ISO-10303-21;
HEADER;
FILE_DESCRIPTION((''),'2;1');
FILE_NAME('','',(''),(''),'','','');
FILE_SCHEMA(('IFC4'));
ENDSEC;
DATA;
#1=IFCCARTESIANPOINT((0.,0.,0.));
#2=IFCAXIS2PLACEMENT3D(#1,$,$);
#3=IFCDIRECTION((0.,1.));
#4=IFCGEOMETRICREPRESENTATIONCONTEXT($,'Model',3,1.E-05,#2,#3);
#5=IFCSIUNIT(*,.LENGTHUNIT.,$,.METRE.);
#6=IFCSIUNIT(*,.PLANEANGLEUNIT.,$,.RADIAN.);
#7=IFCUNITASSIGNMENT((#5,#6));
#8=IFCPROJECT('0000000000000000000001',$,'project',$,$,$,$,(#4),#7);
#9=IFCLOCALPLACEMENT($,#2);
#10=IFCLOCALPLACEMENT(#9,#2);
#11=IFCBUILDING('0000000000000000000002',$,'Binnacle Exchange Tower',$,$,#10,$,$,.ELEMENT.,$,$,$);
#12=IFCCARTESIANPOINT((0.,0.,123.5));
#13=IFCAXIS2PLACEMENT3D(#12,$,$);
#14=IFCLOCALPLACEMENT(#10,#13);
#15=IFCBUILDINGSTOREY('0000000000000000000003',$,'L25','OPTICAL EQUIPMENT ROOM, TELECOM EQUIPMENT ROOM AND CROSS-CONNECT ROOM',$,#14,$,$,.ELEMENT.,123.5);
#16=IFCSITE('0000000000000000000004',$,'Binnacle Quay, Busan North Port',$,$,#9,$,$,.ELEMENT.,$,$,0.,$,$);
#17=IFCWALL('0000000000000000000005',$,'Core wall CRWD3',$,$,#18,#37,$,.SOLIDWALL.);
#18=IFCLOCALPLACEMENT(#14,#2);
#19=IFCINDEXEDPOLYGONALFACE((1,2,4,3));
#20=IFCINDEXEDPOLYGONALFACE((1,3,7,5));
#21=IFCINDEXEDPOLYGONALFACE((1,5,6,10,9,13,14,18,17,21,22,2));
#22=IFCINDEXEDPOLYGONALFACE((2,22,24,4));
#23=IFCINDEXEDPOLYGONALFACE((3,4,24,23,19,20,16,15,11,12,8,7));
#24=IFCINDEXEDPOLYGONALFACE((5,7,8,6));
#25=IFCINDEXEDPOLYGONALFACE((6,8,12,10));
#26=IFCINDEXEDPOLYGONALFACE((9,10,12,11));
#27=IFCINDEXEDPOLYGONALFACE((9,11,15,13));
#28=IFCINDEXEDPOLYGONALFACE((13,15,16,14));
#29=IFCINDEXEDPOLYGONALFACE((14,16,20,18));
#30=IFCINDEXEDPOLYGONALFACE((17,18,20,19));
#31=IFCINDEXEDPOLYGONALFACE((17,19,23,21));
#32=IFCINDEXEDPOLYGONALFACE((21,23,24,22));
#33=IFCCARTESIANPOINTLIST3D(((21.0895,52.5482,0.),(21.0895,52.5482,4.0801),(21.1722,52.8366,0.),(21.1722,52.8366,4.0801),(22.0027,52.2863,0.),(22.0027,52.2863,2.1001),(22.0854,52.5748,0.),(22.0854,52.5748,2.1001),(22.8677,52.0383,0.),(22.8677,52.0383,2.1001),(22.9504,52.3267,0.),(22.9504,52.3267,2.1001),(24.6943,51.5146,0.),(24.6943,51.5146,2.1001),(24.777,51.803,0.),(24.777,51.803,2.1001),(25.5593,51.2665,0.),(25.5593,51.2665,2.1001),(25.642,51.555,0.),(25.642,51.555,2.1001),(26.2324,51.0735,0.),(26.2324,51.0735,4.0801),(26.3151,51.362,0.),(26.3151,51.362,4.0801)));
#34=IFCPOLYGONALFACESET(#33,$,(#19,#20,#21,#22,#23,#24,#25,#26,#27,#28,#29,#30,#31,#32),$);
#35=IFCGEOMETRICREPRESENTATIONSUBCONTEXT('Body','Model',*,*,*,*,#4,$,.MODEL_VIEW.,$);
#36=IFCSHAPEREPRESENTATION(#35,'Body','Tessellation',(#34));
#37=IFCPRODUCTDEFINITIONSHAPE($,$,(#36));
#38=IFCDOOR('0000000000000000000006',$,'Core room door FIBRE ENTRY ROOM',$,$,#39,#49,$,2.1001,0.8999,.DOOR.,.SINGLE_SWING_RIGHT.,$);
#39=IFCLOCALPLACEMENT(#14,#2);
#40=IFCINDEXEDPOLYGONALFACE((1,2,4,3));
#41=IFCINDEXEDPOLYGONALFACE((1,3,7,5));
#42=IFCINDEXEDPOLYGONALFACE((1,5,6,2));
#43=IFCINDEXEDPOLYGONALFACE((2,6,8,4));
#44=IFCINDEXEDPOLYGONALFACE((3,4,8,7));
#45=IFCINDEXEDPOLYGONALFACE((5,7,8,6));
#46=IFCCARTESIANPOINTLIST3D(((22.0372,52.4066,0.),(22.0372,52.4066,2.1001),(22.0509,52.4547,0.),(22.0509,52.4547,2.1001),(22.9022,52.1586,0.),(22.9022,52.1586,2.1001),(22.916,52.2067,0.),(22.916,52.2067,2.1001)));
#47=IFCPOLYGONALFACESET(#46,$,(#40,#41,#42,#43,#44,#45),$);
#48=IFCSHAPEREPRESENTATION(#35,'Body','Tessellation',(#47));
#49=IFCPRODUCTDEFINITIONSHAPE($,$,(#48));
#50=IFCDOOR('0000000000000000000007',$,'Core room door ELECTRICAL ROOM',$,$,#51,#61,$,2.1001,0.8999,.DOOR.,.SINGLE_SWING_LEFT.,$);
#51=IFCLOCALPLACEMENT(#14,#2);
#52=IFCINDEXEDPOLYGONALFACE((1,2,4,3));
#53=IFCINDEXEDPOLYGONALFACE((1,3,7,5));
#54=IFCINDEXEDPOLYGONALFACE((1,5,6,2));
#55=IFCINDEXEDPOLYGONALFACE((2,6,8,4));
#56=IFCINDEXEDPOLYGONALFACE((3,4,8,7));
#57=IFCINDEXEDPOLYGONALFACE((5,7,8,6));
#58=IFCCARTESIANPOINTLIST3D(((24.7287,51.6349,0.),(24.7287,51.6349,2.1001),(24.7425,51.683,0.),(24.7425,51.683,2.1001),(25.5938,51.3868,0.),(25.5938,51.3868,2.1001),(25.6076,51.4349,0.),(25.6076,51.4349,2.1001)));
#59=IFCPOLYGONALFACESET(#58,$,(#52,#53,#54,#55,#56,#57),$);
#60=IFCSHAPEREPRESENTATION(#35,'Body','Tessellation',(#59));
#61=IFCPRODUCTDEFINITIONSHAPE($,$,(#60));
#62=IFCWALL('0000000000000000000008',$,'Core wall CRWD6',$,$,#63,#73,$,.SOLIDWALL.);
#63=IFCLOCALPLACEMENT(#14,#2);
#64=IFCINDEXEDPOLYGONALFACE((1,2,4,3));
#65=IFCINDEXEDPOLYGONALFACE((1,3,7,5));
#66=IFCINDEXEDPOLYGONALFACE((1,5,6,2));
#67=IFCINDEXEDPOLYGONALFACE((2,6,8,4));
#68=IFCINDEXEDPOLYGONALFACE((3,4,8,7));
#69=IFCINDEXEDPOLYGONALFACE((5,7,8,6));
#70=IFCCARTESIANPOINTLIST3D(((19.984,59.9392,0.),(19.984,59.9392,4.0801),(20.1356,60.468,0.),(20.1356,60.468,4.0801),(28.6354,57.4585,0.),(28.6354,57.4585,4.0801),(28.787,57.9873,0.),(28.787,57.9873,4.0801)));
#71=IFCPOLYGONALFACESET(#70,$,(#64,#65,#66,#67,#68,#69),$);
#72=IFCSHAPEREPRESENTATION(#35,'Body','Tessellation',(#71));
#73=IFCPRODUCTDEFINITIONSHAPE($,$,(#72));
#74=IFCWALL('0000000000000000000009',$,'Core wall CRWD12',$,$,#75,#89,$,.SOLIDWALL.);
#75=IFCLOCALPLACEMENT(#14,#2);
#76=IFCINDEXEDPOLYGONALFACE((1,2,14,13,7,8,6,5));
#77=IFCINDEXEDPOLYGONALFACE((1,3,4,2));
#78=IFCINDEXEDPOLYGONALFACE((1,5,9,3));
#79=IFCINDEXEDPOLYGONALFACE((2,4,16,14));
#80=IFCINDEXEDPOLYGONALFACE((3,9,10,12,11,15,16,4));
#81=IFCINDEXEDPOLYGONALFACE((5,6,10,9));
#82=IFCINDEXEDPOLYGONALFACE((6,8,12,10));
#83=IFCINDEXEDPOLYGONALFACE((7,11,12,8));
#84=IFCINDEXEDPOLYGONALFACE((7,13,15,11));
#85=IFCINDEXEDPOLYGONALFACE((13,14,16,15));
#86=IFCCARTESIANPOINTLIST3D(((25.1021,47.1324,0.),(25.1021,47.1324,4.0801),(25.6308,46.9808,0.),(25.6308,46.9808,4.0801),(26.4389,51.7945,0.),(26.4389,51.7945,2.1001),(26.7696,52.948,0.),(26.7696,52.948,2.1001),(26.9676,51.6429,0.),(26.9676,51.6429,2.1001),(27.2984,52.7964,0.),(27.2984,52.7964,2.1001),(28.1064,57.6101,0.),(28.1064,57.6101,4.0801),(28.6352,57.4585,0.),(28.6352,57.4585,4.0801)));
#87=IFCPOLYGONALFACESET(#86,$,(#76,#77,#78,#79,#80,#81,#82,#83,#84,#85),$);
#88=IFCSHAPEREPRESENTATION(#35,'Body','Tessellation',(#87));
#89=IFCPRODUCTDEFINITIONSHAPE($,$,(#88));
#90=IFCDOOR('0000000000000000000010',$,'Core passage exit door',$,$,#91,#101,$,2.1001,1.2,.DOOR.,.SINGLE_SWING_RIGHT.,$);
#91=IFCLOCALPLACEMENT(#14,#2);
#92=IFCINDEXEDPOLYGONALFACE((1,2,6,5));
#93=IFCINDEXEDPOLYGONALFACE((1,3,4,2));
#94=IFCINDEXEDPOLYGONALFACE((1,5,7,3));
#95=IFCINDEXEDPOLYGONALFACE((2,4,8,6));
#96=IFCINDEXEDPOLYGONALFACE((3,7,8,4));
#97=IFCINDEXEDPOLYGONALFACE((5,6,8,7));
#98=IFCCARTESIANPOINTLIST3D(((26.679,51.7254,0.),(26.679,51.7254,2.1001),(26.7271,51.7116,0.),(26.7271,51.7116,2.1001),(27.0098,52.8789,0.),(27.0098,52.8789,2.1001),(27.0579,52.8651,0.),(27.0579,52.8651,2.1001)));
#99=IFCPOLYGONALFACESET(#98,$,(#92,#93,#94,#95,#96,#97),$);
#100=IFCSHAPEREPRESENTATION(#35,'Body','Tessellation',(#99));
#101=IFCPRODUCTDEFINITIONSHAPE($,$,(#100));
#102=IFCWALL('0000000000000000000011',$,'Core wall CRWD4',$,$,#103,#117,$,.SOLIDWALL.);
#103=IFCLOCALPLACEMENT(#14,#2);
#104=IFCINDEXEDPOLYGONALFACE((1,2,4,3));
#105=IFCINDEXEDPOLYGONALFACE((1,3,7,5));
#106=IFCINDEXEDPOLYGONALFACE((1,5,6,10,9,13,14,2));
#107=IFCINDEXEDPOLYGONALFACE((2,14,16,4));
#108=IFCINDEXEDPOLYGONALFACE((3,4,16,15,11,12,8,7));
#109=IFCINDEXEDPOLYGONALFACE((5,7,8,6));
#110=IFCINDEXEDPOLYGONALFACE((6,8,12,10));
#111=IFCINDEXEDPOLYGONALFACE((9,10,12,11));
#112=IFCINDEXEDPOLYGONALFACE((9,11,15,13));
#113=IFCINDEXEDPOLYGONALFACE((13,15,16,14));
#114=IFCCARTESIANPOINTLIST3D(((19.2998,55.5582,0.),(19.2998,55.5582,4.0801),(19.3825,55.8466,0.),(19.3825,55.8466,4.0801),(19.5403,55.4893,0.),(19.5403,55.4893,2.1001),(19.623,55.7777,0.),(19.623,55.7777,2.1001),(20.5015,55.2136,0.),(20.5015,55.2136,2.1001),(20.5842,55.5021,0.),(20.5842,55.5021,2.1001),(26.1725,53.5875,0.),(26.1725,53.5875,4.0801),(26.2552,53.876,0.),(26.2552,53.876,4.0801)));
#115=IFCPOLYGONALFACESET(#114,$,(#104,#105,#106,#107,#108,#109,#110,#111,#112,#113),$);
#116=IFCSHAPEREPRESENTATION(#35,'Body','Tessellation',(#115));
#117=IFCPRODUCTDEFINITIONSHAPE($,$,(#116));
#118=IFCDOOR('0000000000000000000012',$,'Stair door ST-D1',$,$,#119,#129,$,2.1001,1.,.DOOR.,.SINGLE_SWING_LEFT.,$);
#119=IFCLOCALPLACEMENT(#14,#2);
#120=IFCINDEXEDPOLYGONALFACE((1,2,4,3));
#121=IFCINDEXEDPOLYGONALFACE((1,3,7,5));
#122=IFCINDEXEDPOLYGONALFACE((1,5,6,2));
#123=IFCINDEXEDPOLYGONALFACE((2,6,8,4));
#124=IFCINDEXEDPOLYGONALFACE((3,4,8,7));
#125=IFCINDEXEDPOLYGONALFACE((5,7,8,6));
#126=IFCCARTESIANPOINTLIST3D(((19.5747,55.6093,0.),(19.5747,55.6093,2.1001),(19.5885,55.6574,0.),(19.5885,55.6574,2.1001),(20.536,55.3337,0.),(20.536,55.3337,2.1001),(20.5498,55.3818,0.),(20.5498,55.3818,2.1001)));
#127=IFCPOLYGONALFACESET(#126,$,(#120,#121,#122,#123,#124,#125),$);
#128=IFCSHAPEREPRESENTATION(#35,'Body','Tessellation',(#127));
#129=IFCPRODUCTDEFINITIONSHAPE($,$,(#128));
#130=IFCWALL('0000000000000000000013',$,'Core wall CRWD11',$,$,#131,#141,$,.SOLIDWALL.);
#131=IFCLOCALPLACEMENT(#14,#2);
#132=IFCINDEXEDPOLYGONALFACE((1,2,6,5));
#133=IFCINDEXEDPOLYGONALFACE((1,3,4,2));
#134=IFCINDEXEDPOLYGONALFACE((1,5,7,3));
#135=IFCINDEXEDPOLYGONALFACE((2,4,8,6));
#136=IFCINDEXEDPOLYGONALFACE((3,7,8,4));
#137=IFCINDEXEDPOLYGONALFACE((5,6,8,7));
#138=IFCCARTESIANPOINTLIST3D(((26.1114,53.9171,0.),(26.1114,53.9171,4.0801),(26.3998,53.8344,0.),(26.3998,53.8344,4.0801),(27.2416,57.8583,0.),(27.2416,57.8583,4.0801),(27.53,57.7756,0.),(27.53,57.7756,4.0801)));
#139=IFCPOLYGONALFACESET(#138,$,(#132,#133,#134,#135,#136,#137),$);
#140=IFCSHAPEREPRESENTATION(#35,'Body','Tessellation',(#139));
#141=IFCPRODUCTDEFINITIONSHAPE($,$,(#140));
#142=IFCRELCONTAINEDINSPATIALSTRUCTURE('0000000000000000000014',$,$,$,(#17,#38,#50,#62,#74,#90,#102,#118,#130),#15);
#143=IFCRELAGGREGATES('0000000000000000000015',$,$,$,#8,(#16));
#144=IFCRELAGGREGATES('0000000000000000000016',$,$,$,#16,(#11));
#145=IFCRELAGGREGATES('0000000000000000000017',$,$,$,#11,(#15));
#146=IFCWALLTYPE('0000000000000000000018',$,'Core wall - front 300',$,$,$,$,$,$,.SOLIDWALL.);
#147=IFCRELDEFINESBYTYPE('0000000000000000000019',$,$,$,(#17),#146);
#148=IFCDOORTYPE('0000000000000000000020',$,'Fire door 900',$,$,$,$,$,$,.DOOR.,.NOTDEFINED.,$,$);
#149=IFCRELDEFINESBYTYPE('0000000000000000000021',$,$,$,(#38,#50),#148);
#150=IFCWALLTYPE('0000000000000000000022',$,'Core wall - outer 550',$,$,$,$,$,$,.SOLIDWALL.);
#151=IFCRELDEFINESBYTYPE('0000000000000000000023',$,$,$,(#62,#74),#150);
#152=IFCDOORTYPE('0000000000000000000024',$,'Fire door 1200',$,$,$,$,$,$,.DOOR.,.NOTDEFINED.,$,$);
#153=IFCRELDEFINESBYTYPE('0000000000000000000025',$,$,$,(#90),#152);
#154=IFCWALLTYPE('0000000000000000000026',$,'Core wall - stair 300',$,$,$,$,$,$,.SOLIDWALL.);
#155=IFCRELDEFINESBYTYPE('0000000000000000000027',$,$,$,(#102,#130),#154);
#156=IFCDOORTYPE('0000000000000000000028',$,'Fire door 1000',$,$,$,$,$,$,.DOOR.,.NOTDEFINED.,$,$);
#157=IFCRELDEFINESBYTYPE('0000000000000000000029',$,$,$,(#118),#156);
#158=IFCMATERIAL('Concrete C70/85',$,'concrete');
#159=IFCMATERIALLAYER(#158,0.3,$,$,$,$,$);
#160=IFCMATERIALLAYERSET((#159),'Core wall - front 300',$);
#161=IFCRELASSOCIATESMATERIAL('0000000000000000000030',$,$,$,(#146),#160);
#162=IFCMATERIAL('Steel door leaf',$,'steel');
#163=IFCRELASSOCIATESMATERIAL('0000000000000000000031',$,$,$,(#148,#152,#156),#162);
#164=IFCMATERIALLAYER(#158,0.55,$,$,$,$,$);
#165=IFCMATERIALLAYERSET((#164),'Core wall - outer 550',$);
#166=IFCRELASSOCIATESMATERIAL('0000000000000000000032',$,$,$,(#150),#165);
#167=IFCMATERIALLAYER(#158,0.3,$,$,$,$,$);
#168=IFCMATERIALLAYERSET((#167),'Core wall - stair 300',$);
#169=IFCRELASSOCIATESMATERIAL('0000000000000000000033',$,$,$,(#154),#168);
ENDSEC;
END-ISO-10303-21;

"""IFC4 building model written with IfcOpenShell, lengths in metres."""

from ifc_helpers import new_model, si_unit, direction, frame, frame_2d, origin, place, context, subcontext, project, spatial, rectangle, extrude, material, layer, layer_set, type_object, element, fill, save


model = new_model("IFC4")

# Units and contexts
model_context = context("Model", 3, precision=1e-05, world=origin(), true_north=direction((0.0, 1.0)))
body_context = subcontext(model_context, "Body", "Model", "MODEL_VIEW")
ifc_project = project(units=[si_unit("LENGTHUNIT", "METRE"), si_unit("PLANEANGLEUNIT", "RADIAN")], contexts=[model_context])

# Site, building, storey
site_placement = place(None, origin())
site = spatial("IfcSite", under=ifc_project, at=site_placement, Name="Binnacle Quay, Busan North Port", CompositionType="ELEMENT", RefElevation=0.0)
building_placement = place(site_placement, origin())
building = spatial("IfcBuilding", under=site, at=building_placement, Name="Binnacle Exchange Tower", CompositionType="ELEMENT")
storey_placement = place(building_placement, frame((0.0, 0.0, 123.5)))
storey = spatial("IfcBuildingStorey", under=building, at=storey_placement, Name="L25", Description="OPTICAL EQUIPMENT ROOM, TELECOM EQUIPMENT ROOM AND CROSS-CONNECT ROOM", CompositionType="ELEMENT", Elevation=123.5)

# Shared definitions
ifc_material_1 = material(Name="Concrete C70/85", Category="concrete")

# Wall, openings, doors
ifc_layer_1 = layer(ifc_material_1, 0.3)
ifc_layer_set_1 = layer_set([ifc_layer_1], Name="Core wall - front 300")
wall_type_1 = type_object("IfcWallType", Name="Core wall - front 300", PredefinedType="SOLIDWALL", material=ifc_layer_set_1)
wall_1_placement = place(storey_placement, frame((21.1309, 52.6924, 0.0), z_axis=(0.0, 0.0, 1.0), x_axis=(0.961265, -0.275625, 0.0)))
wall_1 = element("IfcWall", 1, at=wall_1_placement, inside=storey, type_object=wall_type_1, Name="Core wall CRWD3", PredefinedType="SOLIDWALL", context=body_context, shape_type="SweptSolid", body=[
    extrude(rectangle(XDim=5.3501, YDim=0.3, at=frame_2d((2.675, 0.0))), origin(), (0.0, 0.0, 1.0), 4.0801),
])
opening_1_placement = place(wall_1_placement, frame((0.95, 0.0, 0.0)))
opening_1 = element("IfcOpeningElement", 2, at=opening_1_placement, cuts=wall_1, PredefinedType="OPENING", context=body_context, shape_type="SweptSolid", body=[
    extrude(rectangle(XDim=0.8999, YDim=2.1001, at=frame_2d((0.45, 1.05))), frame((0.0, 0.1599, 0.0), z_axis=(0.0, -1.0, 0.0), x_axis=(1.0, 0.0, 0.0)), (0.0, 0.0, 1.0), 0.3201),
])
opening_2_placement = place(wall_1_placement, frame((3.75, 0.0, 0.0)))
opening_2 = element("IfcOpeningElement", 3, at=opening_2_placement, cuts=wall_1, PredefinedType="OPENING", context=body_context, shape_type="SweptSolid", body=[
    extrude(rectangle(XDim=0.8999, YDim=2.1001, at=frame_2d((0.45, 1.05))), frame((0.0, 0.1599, 0.0), z_axis=(0.0, -1.0, 0.0), x_axis=(1.0, 0.0, 0.0)), (0.0, 0.0, 1.0), 0.3201),
])
ifc_material_2 = material(Name="Steel door leaf", Category="steel")
door_type_1 = type_object("IfcDoorType", Name="Fire door 900", OperationType="NOTDEFINED", PredefinedType="DOOR", material=ifc_material_2)
door_1_placement = place(opening_1_placement, frame((0.8999, 0.0, 0.0), z_axis=(0.0, 0.0, 1.0), x_axis=(-1.0, 0.0, 0.0)))
door_1 = element("IfcDoor", 4, at=door_1_placement, inside=storey, type_object=door_type_1, Name="Core room door FIBRE ENTRY ROOM", OperationType="SINGLE_SWING_RIGHT", OverallHeight=2.1001, OverallWidth=0.8999, PredefinedType="DOOR", context=body_context, shape_type="SweptSolid", body=[
    extrude(rectangle(XDim=0.8999, YDim=2.1001, at=frame_2d((0.45, 1.05))), frame((0.0, 0.0249, 0.0), z_axis=(0.0, -1.0, 0.0), x_axis=(1.0, 0.0, 0.0)), (0.0, 0.0, 1.0), 0.05),
])
fill(opening_1, door_1)
door_2_placement = place(opening_2_placement, frame((0.8999, 0.0, 0.0), z_axis=(0.0, 0.0, 1.0), x_axis=(-1.0, 0.0, 0.0)))
door_2 = element("IfcDoor", 5, at=door_2_placement, inside=storey, type_object=door_type_1, Name="Core room door ELECTRICAL ROOM", OperationType="SINGLE_SWING_LEFT", OverallHeight=2.1001, OverallWidth=0.8999, PredefinedType="DOOR", context=body_context, shape_type="SweptSolid", body=[
    extrude(rectangle(XDim=0.8999, YDim=2.1001, at=frame_2d((0.45, 1.05))), frame((0.0, 0.0249, 0.0), z_axis=(0.0, -1.0, 0.0), x_axis=(1.0, 0.0, 0.0)), (0.0, 0.0, 1.0), 0.05),
])
fill(opening_2, door_2)

# Wall
ifc_layer_2 = layer(ifc_material_1, 0.55)
ifc_layer_set_2 = layer_set([ifc_layer_2], Name="Core wall - outer 550")
wall_type_2 = type_object("IfcWallType", Name="Core wall - outer 550", PredefinedType="SOLIDWALL", material=ifc_layer_set_2)
wall_2_placement = place(storey_placement, frame((20.0598, 60.2036, 0.0), z_axis=(0.0, 0.0, 1.0), x_axis=(0.961262, -0.275635, 0.0)))
element("IfcWall", 6, at=wall_2_placement, inside=storey, type_object=wall_type_2, Name="Core wall CRWD6", PredefinedType="SOLIDWALL", context=body_context, shape_type="SweptSolid", body=[
    extrude(rectangle(XDim=9.0, YDim=0.55, at=frame_2d((4.5, 0.0))), origin(), (0.0, 0.0, 1.0), 4.0801),
])

# Walls, openings, doors
wall_3_placement = place(storey_placement, frame((25.3665, 47.0566, 0.0), z_axis=(0.0, 0.0, 1.0), x_axis=(0.275632, 0.961263, 0.0)))
wall_3 = element("IfcWall", 7, at=wall_3_placement, inside=storey, type_object=wall_type_2, Name="Core wall CRWD12", PredefinedType="SOLIDWALL", context=body_context, shape_type="SweptSolid", body=[
    extrude(rectangle(XDim=10.8999, YDim=0.55, at=frame_2d((5.45, 0.0))), origin(), (0.0, 0.0, 1.0), 4.0801),
])
opening_3_placement = place(wall_3_placement, frame((4.8499, 0.0, 0.0)))
opening_3 = element("IfcOpeningElement", 8, at=opening_3_placement, cuts=wall_3, PredefinedType="OPENING", context=body_context, shape_type="SweptSolid", body=[
    extrude(rectangle(XDim=1.2, YDim=2.1001, at=frame_2d((0.6001, 1.05))), frame((0.0, 0.2849, 0.0), z_axis=(0.0, -1.0, 0.0), x_axis=(1.0, 0.0, 0.0)), (0.0, 0.0, 1.0), 0.5701),
])
door_type_2 = type_object("IfcDoorType", Name="Fire door 1200", OperationType="NOTDEFINED", PredefinedType="DOOR", material=ifc_material_2)
door_3_placement = place(opening_3_placement, frame((1.2, 0.0, 0.0), z_axis=(0.0, 0.0, 1.0), x_axis=(-1.0, 0.0, 0.0)))
door_3 = element("IfcDoor", 9, at=door_3_placement, inside=storey, type_object=door_type_2, Name="Core passage exit door", OperationType="SINGLE_SWING_RIGHT", OverallHeight=2.1001, OverallWidth=1.2, PredefinedType="DOOR", context=body_context, shape_type="SweptSolid", body=[
    extrude(rectangle(XDim=1.2, YDim=2.1001, at=frame_2d((0.6001, 1.05))), frame((0.0, 0.0249, 0.0), z_axis=(0.0, -1.0, 0.0), x_axis=(1.0, 0.0, 0.0)), (0.0, 0.0, 1.0), 0.05),
])
fill(opening_3, door_3)
ifc_layer_3 = layer(ifc_material_1, 0.3)
ifc_layer_set_3 = layer_set([ifc_layer_3], Name="Core wall - stair 300")
wall_type_3 = type_object("IfcWallType", Name="Core wall - stair 300", PredefinedType="SOLIDWALL", material=ifc_layer_set_3)
wall_4_placement = place(storey_placement, frame((19.3413, 55.7024, 0.0), z_axis=(0.0, 0.0, 1.0), x_axis=(0.961263, -0.275632, 0.0)))
wall_4 = element("IfcWall", 10, at=wall_4_placement, inside=storey, type_object=wall_type_3, Name="Core wall CRWD4", PredefinedType="SOLIDWALL", context=body_context, shape_type="SweptSolid", body=[
    extrude(rectangle(XDim=7.1497, YDim=0.3, at=frame_2d((3.5747, 0.0))), origin(), (0.0, 0.0, 1.0), 4.0801),
])
opening_4_placement = place(wall_4_placement, frame((0.25, 0.0, 0.0)))
opening_4 = element("IfcOpeningElement", 11, at=opening_4_placement, cuts=wall_4, PredefinedType="OPENING", context=body_context, shape_type="SweptSolid", body=[
    extrude(rectangle(XDim=1.0, YDim=2.1001, at=frame_2d((0.5, 1.05))), frame((0.0, 0.1599, 0.0), z_axis=(0.0, -1.0, 0.0), x_axis=(1.0, 0.0, 0.0)), (0.0, 0.0, 1.0), 0.3201),
])
door_type_3 = type_object("IfcDoorType", Name="Fire door 1000", OperationType="NOTDEFINED", PredefinedType="DOOR", material=ifc_material_2)
door_4_placement = place(opening_4_placement, origin())
door_4 = element("IfcDoor", 12, at=door_4_placement, inside=storey, type_object=door_type_3, Name="Stair door ST-D1", OperationType="SINGLE_SWING_LEFT", OverallHeight=2.1001, OverallWidth=1.0, PredefinedType="DOOR", context=body_context, shape_type="SweptSolid", body=[
    extrude(rectangle(XDim=1.0, YDim=2.1001, at=frame_2d((0.5, 1.05))), frame((0.0, 0.0249, 0.0), z_axis=(0.0, -1.0, 0.0), x_axis=(1.0, 0.0, 0.0)), (0.0, 0.0, 1.0), 0.05),
])
fill(opening_4, door_4)

# Wall
wall_5_placement = place(storey_placement, frame((26.2556, 53.8757, 0.0), z_axis=(0.0, 0.0, 1.0), x_axis=(0.275641, 0.961261, 0.0)))
element("IfcWall", 13, at=wall_5_placement, inside=storey, type_object=wall_type_3, Name="Core wall CRWD11", PredefinedType="SOLIDWALL", context=body_context, shape_type="SweptSolid", body=[
    extrude(rectangle(XDim=4.1001, YDim=0.3, at=frame_2d((2.05, 0.0))), origin(), (0.0, 0.0, 1.0), 4.0801),
])

save(model, "model.ifc")
